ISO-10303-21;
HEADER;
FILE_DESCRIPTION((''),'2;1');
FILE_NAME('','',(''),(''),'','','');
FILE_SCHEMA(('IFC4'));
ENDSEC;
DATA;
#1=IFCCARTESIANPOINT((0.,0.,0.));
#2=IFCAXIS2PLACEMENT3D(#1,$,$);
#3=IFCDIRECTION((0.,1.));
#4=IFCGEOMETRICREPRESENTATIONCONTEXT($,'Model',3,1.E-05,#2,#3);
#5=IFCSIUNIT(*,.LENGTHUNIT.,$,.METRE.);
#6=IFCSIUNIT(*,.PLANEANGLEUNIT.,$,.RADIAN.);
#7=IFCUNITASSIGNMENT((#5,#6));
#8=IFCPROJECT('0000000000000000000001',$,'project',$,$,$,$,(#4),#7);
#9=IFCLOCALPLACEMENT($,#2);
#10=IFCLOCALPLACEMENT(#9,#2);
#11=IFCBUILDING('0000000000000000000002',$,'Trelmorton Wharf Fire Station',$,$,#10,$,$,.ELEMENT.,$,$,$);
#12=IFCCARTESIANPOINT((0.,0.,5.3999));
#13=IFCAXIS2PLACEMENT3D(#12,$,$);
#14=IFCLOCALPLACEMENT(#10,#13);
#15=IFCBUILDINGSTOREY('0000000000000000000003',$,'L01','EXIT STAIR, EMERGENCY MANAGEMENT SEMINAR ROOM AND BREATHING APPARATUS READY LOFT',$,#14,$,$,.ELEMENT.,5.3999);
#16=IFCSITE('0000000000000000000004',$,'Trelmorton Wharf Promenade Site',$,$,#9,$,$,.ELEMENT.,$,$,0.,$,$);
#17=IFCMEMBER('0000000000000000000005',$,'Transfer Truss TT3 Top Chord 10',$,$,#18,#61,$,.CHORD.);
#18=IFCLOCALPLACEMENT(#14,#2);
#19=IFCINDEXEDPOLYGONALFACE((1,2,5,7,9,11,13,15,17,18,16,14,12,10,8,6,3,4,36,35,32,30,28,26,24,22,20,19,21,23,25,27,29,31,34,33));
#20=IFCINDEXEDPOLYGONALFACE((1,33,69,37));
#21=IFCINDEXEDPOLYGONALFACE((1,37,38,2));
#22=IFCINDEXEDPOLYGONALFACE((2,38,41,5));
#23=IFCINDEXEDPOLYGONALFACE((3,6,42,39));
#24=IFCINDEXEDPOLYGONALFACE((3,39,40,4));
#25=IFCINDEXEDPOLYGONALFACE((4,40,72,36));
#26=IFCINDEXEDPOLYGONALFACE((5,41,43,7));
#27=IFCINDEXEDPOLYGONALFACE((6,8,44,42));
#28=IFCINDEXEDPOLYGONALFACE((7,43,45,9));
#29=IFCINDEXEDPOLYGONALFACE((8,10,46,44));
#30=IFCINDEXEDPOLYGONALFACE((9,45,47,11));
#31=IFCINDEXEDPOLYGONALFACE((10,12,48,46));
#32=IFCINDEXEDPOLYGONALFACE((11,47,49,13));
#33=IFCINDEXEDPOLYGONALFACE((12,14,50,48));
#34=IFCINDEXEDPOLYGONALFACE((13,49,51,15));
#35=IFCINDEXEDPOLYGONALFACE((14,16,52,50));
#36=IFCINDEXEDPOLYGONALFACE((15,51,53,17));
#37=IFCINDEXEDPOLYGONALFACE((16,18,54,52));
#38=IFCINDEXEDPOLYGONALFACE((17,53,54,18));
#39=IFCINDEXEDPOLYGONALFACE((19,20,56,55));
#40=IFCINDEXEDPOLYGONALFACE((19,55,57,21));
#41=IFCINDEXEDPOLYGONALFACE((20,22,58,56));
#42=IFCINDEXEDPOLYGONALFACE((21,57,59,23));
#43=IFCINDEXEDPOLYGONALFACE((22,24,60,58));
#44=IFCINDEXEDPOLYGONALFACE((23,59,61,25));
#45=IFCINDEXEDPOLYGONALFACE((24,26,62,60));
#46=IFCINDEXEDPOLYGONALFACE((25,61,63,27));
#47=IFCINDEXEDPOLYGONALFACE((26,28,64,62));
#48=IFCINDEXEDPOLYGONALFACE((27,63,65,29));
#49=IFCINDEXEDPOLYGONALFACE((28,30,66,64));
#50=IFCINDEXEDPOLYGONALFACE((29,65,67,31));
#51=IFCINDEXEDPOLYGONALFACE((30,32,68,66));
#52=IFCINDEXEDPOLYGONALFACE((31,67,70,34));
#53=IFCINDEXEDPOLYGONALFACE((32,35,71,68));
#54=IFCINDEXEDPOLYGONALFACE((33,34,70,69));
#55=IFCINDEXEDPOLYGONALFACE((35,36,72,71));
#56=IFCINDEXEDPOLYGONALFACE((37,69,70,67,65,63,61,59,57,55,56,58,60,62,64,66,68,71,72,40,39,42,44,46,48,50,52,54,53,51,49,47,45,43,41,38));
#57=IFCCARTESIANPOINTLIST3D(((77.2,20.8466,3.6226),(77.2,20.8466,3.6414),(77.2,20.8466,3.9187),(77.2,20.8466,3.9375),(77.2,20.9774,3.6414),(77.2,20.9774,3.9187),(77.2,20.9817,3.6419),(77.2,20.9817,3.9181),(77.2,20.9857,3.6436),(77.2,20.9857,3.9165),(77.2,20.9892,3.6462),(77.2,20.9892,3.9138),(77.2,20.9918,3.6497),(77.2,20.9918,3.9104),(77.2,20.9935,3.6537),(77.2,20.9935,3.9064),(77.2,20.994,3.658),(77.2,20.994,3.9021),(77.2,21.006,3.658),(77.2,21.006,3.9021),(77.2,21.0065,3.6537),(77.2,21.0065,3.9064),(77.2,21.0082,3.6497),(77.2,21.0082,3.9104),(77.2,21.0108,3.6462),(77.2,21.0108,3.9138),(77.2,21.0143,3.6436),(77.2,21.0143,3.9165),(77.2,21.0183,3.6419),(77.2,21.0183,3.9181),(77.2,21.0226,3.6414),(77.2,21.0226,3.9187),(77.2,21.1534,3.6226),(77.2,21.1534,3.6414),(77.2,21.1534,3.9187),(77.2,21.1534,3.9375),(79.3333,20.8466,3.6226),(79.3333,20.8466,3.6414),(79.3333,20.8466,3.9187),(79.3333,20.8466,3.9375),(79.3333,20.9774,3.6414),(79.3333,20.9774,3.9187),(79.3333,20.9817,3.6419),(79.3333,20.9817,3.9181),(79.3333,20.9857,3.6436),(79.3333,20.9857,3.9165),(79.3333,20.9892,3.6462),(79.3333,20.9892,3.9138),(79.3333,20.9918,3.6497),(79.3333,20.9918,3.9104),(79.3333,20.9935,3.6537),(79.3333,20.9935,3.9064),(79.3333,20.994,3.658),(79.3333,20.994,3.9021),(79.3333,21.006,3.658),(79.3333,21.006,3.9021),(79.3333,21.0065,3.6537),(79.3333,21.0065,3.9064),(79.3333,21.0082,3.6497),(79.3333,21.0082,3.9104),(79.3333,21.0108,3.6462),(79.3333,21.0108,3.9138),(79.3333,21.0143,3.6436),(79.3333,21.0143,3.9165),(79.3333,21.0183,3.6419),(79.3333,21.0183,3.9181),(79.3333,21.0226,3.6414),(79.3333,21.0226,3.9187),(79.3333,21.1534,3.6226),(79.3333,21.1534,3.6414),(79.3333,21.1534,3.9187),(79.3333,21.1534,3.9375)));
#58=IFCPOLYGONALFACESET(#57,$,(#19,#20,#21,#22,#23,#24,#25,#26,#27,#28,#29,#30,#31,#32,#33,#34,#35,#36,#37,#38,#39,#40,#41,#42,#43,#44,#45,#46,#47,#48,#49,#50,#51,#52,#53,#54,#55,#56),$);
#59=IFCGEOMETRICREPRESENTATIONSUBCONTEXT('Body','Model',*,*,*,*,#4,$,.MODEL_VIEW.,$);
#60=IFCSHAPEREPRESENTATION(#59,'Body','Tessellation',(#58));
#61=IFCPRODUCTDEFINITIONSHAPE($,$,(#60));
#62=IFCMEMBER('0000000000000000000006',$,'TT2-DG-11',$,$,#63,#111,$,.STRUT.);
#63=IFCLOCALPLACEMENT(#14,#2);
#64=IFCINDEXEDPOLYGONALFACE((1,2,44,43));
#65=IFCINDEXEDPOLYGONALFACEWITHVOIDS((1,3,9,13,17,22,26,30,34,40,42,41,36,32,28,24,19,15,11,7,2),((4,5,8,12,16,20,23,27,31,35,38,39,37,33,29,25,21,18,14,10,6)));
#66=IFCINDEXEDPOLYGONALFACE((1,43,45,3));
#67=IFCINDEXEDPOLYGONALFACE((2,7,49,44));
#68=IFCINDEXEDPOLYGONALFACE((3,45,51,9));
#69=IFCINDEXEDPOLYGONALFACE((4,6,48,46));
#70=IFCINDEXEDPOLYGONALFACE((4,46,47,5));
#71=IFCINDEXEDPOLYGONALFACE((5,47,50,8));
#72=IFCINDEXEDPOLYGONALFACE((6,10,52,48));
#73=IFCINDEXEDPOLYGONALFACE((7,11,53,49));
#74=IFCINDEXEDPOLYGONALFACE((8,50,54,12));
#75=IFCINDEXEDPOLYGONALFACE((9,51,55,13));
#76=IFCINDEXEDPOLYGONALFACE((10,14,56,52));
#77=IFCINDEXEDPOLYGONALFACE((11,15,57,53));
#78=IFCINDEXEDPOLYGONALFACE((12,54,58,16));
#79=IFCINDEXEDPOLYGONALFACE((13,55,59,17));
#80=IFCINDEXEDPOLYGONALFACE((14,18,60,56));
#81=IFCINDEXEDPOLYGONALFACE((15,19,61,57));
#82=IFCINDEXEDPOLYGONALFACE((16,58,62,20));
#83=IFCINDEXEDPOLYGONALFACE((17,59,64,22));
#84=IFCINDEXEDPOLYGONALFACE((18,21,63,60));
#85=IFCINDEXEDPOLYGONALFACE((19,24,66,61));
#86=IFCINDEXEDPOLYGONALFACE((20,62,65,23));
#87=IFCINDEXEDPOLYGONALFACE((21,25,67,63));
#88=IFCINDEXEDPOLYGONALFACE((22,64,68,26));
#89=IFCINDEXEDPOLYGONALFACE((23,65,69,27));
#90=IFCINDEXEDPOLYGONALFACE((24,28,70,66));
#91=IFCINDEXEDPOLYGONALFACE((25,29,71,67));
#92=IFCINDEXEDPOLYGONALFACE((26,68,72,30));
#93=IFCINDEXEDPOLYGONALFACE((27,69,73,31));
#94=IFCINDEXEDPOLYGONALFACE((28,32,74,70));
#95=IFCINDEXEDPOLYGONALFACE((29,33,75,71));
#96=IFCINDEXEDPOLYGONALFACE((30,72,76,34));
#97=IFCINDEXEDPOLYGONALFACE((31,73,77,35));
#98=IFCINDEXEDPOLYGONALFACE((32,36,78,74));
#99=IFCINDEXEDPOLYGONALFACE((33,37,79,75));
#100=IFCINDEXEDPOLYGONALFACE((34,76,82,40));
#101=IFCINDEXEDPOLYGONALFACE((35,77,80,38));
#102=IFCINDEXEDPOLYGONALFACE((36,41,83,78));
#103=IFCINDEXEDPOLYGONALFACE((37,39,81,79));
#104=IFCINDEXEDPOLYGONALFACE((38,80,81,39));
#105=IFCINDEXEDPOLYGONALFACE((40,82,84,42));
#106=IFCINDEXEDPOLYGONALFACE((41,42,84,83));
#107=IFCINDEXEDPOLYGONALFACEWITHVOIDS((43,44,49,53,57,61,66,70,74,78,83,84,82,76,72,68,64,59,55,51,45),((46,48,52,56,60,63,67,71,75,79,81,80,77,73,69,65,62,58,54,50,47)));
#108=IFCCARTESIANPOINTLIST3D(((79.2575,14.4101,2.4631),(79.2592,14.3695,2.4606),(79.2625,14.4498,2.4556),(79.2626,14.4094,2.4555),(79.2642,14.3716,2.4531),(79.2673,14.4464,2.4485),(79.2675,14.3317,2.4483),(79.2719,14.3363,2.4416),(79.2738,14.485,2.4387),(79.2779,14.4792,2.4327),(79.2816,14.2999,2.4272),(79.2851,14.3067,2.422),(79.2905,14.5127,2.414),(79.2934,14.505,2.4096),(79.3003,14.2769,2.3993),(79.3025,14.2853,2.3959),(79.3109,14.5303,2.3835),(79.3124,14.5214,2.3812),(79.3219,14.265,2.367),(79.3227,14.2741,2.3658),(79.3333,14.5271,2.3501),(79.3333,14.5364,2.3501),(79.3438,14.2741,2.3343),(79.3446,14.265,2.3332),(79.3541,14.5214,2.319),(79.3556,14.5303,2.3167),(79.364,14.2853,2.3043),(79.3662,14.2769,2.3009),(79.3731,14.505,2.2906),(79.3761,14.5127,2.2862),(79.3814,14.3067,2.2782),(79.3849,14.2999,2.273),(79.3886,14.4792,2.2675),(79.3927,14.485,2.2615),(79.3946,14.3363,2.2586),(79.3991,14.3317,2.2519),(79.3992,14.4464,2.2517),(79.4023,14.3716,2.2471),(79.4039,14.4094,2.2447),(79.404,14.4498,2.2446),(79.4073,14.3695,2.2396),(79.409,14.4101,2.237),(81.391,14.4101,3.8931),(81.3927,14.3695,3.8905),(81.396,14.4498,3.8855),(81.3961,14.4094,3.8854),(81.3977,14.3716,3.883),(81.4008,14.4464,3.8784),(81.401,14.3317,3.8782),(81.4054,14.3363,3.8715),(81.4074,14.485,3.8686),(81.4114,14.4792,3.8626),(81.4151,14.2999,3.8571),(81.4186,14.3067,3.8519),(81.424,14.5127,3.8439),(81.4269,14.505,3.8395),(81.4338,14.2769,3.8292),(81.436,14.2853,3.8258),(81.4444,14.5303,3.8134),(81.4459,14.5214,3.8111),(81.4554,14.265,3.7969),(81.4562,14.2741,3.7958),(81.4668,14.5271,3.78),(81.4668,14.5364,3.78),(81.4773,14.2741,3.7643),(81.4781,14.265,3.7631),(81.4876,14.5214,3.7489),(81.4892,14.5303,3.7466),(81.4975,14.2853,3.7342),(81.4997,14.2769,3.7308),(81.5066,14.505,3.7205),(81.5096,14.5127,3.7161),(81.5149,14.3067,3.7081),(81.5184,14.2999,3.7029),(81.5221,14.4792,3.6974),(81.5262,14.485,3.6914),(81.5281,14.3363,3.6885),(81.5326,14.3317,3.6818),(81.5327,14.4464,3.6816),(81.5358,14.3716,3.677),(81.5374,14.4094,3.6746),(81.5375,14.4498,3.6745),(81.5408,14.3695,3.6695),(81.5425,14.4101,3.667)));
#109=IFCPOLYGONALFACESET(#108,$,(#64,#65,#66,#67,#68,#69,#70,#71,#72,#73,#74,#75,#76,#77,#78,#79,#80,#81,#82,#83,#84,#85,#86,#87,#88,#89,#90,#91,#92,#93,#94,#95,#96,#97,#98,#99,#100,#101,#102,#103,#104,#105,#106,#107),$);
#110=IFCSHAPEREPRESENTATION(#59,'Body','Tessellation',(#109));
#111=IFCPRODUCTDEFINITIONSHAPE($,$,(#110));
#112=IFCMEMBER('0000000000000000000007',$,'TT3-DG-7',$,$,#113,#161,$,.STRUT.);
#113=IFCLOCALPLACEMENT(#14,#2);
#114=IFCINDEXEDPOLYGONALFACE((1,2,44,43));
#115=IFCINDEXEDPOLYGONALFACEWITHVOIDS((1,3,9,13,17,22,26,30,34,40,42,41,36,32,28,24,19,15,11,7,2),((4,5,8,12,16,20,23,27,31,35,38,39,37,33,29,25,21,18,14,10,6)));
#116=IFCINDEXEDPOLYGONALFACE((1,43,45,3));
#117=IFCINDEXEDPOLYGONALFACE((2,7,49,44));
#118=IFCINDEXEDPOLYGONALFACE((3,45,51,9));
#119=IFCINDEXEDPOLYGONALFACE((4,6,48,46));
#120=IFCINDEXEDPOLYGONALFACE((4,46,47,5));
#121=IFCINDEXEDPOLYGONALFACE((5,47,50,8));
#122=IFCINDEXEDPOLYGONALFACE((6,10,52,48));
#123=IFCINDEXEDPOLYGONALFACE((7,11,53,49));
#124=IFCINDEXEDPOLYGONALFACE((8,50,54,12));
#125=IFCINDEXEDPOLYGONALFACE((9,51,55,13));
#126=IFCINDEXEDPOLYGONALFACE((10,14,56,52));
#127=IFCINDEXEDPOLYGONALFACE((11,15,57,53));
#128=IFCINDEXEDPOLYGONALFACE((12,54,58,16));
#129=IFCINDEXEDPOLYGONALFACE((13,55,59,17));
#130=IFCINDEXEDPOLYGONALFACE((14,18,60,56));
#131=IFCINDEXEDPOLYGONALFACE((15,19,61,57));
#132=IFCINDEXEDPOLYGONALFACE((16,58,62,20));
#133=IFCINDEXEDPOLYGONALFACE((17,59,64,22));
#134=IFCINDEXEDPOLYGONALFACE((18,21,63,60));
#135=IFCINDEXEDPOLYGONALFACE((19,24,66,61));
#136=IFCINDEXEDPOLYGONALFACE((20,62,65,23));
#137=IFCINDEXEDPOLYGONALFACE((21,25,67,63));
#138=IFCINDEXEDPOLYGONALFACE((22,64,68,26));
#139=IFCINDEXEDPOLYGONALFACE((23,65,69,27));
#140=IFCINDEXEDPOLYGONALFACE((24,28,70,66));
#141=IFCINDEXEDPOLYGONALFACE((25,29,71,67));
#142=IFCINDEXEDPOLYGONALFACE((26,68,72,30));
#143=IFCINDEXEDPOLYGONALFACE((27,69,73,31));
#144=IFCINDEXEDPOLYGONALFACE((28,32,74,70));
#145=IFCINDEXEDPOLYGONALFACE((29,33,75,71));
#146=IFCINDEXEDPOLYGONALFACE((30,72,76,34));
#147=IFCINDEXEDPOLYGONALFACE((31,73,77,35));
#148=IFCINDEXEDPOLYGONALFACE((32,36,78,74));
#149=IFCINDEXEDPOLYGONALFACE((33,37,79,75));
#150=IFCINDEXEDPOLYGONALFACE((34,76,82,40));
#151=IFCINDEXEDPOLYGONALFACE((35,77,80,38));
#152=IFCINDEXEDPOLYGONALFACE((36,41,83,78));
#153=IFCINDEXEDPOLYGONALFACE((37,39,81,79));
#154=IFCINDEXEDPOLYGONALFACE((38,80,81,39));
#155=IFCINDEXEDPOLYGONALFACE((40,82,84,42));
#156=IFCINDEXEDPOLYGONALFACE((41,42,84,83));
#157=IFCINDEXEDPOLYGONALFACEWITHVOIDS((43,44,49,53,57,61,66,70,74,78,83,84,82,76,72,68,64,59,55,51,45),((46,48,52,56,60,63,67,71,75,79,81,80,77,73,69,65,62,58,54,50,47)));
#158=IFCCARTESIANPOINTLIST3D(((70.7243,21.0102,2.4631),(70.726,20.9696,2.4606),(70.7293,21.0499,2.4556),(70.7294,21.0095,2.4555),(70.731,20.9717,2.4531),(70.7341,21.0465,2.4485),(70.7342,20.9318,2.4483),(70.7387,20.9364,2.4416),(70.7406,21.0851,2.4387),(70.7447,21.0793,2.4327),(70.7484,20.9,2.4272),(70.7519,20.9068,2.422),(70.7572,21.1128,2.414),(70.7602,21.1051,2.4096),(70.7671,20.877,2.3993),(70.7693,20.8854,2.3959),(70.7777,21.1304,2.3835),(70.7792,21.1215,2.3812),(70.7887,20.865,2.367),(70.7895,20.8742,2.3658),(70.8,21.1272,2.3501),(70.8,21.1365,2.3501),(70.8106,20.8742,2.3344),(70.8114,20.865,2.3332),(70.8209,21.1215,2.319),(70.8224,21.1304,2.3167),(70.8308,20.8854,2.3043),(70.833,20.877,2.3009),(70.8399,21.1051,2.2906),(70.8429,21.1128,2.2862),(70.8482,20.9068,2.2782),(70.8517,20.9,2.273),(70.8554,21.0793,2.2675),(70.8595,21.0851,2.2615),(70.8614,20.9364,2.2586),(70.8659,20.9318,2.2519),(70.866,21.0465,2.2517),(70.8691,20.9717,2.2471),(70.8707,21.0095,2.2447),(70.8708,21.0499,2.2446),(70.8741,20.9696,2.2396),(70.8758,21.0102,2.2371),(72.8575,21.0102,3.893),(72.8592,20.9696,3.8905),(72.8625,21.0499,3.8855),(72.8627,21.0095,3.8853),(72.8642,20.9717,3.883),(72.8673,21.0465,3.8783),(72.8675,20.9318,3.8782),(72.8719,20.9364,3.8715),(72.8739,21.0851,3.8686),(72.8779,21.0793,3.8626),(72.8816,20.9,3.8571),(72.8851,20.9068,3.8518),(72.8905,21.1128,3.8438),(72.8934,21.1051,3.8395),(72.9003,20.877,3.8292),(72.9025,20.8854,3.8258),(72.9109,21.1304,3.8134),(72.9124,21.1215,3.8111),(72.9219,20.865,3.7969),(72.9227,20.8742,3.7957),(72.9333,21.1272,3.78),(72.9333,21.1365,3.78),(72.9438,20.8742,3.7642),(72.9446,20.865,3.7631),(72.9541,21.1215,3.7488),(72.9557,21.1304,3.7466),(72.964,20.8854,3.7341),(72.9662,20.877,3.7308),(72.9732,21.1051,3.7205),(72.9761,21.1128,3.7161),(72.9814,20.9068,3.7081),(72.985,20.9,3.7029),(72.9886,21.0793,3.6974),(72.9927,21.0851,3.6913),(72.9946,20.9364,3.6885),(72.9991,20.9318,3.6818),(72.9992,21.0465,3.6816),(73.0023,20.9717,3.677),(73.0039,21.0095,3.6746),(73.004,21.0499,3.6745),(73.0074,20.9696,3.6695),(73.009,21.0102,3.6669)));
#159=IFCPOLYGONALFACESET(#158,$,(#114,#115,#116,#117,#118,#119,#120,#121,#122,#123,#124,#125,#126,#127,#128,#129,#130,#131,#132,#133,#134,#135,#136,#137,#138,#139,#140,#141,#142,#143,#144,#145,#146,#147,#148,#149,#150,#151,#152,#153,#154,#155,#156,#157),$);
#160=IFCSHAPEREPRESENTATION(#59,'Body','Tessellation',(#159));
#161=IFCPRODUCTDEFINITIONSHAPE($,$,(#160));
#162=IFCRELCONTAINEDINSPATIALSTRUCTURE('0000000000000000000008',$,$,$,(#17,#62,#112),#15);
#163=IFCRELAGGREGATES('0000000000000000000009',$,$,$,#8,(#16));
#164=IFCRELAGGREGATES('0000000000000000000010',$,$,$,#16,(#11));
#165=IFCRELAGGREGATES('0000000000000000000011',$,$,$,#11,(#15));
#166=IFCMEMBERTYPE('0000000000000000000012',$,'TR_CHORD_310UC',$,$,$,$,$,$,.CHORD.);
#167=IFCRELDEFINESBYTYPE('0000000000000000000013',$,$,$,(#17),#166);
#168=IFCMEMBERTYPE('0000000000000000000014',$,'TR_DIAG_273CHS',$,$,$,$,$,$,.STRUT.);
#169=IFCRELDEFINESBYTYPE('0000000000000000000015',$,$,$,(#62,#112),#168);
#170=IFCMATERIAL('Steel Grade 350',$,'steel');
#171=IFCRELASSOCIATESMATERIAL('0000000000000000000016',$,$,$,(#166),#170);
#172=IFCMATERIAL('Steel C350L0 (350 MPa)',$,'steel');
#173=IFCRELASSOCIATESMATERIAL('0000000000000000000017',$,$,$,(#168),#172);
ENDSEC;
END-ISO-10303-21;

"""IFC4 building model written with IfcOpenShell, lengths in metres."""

from ifc_helpers import new_model, si_unit, direction, frame, origin, origin_2d, place, context, subcontext, project, spatial, hollow_circle, i_section, extrude, material, material_profile, profile_set, type_object, element, save


model = new_model("IFC4")

# Units and contexts
model_context = context("Model", 3, precision=1e-05, world=origin(), true_north=direction((0.0, 1.0)))
body_context = subcontext(model_context, "Body", "Model", "MODEL_VIEW")
ifc_project = project(units=[si_unit("LENGTHUNIT", "METRE"), si_unit("PLANEANGLEUNIT", "RADIAN")], contexts=[model_context])

# Site, building, storey
site_placement = place(None, origin())
site = spatial("IfcSite", under=ifc_project, at=site_placement, Name="Trelmorton Wharf Promenade Site", CompositionType="ELEMENT", RefElevation=0.0)
building_placement = place(site_placement, origin())
building = spatial("IfcBuilding", under=site, at=building_placement, Name="Trelmorton Wharf Fire Station", CompositionType="ELEMENT")
storey_placement = place(building_placement, frame((0.0, 0.0, 5.3999)))
storey = spatial("IfcBuildingStorey", under=building, at=storey_placement, Name="L01", Description="EXIT STAIR, EMERGENCY MANAGEMENT SEMINAR ROOM AND BREATHING APPARATUS READY LOFT", CompositionType="ELEMENT", Elevation=5.3999)

# Shared definitions
ifc_material_1 = material(Name="Steel Grade 350", Category="steel")

# Members
ifc_material_profile_1 = material_profile(ifc_material_1, i_section(OverallWidth=0.3069, OverallDepth=0.3149, WebThickness=0.012, FlangeThickness=0.0188, FilletRadius=0.0166, at=origin_2d()), Name="310UC118")
ifc_profile_set_1 = profile_set([ifc_material_profile_1], Name="Steel Grade 350")
member_type_1 = type_object("IfcMemberType", Name="TR_CHORD_310UC", PredefinedType="CHORD", material=ifc_profile_set_1)
for number, where, z_axis, x_axis, name in (
    (1, (77.2, 21.0, 3.78), (1.0, 0.0, 0.0), (0.0, 1.0, 0.0), "Transfer Truss TT3 Top Chord 10"),
):
    element("IfcMember", number, at=place(storey_placement, frame(where, z_axis=z_axis, x_axis=x_axis)), inside=storey, type_object=member_type_1, Name=name, PredefinedType="CHORD", context=body_context, shape_type="SweptSolid", body=[
        extrude(i_section(OverallWidth=0.3069, OverallDepth=0.3149, WebThickness=0.012, FlangeThickness=0.0188, FilletRadius=0.0166, at=origin_2d()), origin(), (0.0, 0.0, 1.0), 2.1333),
    ])
ifc_material_2 = material(Name="Steel C350L0 (350 MPa)", Category="steel")
ifc_material_profile_2 = material_profile(ifc_material_2, hollow_circle(Radius=0.1365, WallThickness=0.0093, at=origin_2d()), Name="273.1x9.3CHS")
ifc_profile_set_2 = profile_set([ifc_material_profile_2], Name="Steel C350L0 (350 MPa)")
member_type_2 = type_object("IfcMemberType", Name="TR_DIAG_273CHS", PredefinedType="STRUT", material=ifc_profile_set_2)
member_placement = place(storey_placement, frame((79.3333, 14.3999, 2.3501), z_axis=(0.830688, 0.0, 0.556739), x_axis=(0.0, 1.0, 0.0)))
element("IfcMember", 2, at=member_placement, inside=storey, type_object=member_type_2, Name="TT2-DG-11", PredefinedType="STRUT", context=body_context, shape_type="SweptSolid", body=[
    extrude(hollow_circle(Radius=0.1365, WallThickness=0.0093, at=origin_2d()), origin(), (0.0, 0.0, 1.0), 2.5684),
])
for number, where, z_axis, x_axis, name in (
    (3, (70.8, 21.0, 2.3501), (0.830658, 0.0, 0.556783), (0.0, 1.0, 0.0), "TT3-DG-7"),
):
    element("IfcMember", number, at=place(storey_placement, frame(where, z_axis=z_axis, x_axis=x_axis)), inside=storey, type_object=member_type_2, Name=name, PredefinedType="STRUT", context=body_context, shape_type="SweptSolid", body=[
        extrude(hollow_circle(Radius=0.1365, WallThickness=0.0093, at=origin_2d()), origin(), (0.0, 0.0, 1.0), 2.5681),
    ])

save(model, "model.ifc")
